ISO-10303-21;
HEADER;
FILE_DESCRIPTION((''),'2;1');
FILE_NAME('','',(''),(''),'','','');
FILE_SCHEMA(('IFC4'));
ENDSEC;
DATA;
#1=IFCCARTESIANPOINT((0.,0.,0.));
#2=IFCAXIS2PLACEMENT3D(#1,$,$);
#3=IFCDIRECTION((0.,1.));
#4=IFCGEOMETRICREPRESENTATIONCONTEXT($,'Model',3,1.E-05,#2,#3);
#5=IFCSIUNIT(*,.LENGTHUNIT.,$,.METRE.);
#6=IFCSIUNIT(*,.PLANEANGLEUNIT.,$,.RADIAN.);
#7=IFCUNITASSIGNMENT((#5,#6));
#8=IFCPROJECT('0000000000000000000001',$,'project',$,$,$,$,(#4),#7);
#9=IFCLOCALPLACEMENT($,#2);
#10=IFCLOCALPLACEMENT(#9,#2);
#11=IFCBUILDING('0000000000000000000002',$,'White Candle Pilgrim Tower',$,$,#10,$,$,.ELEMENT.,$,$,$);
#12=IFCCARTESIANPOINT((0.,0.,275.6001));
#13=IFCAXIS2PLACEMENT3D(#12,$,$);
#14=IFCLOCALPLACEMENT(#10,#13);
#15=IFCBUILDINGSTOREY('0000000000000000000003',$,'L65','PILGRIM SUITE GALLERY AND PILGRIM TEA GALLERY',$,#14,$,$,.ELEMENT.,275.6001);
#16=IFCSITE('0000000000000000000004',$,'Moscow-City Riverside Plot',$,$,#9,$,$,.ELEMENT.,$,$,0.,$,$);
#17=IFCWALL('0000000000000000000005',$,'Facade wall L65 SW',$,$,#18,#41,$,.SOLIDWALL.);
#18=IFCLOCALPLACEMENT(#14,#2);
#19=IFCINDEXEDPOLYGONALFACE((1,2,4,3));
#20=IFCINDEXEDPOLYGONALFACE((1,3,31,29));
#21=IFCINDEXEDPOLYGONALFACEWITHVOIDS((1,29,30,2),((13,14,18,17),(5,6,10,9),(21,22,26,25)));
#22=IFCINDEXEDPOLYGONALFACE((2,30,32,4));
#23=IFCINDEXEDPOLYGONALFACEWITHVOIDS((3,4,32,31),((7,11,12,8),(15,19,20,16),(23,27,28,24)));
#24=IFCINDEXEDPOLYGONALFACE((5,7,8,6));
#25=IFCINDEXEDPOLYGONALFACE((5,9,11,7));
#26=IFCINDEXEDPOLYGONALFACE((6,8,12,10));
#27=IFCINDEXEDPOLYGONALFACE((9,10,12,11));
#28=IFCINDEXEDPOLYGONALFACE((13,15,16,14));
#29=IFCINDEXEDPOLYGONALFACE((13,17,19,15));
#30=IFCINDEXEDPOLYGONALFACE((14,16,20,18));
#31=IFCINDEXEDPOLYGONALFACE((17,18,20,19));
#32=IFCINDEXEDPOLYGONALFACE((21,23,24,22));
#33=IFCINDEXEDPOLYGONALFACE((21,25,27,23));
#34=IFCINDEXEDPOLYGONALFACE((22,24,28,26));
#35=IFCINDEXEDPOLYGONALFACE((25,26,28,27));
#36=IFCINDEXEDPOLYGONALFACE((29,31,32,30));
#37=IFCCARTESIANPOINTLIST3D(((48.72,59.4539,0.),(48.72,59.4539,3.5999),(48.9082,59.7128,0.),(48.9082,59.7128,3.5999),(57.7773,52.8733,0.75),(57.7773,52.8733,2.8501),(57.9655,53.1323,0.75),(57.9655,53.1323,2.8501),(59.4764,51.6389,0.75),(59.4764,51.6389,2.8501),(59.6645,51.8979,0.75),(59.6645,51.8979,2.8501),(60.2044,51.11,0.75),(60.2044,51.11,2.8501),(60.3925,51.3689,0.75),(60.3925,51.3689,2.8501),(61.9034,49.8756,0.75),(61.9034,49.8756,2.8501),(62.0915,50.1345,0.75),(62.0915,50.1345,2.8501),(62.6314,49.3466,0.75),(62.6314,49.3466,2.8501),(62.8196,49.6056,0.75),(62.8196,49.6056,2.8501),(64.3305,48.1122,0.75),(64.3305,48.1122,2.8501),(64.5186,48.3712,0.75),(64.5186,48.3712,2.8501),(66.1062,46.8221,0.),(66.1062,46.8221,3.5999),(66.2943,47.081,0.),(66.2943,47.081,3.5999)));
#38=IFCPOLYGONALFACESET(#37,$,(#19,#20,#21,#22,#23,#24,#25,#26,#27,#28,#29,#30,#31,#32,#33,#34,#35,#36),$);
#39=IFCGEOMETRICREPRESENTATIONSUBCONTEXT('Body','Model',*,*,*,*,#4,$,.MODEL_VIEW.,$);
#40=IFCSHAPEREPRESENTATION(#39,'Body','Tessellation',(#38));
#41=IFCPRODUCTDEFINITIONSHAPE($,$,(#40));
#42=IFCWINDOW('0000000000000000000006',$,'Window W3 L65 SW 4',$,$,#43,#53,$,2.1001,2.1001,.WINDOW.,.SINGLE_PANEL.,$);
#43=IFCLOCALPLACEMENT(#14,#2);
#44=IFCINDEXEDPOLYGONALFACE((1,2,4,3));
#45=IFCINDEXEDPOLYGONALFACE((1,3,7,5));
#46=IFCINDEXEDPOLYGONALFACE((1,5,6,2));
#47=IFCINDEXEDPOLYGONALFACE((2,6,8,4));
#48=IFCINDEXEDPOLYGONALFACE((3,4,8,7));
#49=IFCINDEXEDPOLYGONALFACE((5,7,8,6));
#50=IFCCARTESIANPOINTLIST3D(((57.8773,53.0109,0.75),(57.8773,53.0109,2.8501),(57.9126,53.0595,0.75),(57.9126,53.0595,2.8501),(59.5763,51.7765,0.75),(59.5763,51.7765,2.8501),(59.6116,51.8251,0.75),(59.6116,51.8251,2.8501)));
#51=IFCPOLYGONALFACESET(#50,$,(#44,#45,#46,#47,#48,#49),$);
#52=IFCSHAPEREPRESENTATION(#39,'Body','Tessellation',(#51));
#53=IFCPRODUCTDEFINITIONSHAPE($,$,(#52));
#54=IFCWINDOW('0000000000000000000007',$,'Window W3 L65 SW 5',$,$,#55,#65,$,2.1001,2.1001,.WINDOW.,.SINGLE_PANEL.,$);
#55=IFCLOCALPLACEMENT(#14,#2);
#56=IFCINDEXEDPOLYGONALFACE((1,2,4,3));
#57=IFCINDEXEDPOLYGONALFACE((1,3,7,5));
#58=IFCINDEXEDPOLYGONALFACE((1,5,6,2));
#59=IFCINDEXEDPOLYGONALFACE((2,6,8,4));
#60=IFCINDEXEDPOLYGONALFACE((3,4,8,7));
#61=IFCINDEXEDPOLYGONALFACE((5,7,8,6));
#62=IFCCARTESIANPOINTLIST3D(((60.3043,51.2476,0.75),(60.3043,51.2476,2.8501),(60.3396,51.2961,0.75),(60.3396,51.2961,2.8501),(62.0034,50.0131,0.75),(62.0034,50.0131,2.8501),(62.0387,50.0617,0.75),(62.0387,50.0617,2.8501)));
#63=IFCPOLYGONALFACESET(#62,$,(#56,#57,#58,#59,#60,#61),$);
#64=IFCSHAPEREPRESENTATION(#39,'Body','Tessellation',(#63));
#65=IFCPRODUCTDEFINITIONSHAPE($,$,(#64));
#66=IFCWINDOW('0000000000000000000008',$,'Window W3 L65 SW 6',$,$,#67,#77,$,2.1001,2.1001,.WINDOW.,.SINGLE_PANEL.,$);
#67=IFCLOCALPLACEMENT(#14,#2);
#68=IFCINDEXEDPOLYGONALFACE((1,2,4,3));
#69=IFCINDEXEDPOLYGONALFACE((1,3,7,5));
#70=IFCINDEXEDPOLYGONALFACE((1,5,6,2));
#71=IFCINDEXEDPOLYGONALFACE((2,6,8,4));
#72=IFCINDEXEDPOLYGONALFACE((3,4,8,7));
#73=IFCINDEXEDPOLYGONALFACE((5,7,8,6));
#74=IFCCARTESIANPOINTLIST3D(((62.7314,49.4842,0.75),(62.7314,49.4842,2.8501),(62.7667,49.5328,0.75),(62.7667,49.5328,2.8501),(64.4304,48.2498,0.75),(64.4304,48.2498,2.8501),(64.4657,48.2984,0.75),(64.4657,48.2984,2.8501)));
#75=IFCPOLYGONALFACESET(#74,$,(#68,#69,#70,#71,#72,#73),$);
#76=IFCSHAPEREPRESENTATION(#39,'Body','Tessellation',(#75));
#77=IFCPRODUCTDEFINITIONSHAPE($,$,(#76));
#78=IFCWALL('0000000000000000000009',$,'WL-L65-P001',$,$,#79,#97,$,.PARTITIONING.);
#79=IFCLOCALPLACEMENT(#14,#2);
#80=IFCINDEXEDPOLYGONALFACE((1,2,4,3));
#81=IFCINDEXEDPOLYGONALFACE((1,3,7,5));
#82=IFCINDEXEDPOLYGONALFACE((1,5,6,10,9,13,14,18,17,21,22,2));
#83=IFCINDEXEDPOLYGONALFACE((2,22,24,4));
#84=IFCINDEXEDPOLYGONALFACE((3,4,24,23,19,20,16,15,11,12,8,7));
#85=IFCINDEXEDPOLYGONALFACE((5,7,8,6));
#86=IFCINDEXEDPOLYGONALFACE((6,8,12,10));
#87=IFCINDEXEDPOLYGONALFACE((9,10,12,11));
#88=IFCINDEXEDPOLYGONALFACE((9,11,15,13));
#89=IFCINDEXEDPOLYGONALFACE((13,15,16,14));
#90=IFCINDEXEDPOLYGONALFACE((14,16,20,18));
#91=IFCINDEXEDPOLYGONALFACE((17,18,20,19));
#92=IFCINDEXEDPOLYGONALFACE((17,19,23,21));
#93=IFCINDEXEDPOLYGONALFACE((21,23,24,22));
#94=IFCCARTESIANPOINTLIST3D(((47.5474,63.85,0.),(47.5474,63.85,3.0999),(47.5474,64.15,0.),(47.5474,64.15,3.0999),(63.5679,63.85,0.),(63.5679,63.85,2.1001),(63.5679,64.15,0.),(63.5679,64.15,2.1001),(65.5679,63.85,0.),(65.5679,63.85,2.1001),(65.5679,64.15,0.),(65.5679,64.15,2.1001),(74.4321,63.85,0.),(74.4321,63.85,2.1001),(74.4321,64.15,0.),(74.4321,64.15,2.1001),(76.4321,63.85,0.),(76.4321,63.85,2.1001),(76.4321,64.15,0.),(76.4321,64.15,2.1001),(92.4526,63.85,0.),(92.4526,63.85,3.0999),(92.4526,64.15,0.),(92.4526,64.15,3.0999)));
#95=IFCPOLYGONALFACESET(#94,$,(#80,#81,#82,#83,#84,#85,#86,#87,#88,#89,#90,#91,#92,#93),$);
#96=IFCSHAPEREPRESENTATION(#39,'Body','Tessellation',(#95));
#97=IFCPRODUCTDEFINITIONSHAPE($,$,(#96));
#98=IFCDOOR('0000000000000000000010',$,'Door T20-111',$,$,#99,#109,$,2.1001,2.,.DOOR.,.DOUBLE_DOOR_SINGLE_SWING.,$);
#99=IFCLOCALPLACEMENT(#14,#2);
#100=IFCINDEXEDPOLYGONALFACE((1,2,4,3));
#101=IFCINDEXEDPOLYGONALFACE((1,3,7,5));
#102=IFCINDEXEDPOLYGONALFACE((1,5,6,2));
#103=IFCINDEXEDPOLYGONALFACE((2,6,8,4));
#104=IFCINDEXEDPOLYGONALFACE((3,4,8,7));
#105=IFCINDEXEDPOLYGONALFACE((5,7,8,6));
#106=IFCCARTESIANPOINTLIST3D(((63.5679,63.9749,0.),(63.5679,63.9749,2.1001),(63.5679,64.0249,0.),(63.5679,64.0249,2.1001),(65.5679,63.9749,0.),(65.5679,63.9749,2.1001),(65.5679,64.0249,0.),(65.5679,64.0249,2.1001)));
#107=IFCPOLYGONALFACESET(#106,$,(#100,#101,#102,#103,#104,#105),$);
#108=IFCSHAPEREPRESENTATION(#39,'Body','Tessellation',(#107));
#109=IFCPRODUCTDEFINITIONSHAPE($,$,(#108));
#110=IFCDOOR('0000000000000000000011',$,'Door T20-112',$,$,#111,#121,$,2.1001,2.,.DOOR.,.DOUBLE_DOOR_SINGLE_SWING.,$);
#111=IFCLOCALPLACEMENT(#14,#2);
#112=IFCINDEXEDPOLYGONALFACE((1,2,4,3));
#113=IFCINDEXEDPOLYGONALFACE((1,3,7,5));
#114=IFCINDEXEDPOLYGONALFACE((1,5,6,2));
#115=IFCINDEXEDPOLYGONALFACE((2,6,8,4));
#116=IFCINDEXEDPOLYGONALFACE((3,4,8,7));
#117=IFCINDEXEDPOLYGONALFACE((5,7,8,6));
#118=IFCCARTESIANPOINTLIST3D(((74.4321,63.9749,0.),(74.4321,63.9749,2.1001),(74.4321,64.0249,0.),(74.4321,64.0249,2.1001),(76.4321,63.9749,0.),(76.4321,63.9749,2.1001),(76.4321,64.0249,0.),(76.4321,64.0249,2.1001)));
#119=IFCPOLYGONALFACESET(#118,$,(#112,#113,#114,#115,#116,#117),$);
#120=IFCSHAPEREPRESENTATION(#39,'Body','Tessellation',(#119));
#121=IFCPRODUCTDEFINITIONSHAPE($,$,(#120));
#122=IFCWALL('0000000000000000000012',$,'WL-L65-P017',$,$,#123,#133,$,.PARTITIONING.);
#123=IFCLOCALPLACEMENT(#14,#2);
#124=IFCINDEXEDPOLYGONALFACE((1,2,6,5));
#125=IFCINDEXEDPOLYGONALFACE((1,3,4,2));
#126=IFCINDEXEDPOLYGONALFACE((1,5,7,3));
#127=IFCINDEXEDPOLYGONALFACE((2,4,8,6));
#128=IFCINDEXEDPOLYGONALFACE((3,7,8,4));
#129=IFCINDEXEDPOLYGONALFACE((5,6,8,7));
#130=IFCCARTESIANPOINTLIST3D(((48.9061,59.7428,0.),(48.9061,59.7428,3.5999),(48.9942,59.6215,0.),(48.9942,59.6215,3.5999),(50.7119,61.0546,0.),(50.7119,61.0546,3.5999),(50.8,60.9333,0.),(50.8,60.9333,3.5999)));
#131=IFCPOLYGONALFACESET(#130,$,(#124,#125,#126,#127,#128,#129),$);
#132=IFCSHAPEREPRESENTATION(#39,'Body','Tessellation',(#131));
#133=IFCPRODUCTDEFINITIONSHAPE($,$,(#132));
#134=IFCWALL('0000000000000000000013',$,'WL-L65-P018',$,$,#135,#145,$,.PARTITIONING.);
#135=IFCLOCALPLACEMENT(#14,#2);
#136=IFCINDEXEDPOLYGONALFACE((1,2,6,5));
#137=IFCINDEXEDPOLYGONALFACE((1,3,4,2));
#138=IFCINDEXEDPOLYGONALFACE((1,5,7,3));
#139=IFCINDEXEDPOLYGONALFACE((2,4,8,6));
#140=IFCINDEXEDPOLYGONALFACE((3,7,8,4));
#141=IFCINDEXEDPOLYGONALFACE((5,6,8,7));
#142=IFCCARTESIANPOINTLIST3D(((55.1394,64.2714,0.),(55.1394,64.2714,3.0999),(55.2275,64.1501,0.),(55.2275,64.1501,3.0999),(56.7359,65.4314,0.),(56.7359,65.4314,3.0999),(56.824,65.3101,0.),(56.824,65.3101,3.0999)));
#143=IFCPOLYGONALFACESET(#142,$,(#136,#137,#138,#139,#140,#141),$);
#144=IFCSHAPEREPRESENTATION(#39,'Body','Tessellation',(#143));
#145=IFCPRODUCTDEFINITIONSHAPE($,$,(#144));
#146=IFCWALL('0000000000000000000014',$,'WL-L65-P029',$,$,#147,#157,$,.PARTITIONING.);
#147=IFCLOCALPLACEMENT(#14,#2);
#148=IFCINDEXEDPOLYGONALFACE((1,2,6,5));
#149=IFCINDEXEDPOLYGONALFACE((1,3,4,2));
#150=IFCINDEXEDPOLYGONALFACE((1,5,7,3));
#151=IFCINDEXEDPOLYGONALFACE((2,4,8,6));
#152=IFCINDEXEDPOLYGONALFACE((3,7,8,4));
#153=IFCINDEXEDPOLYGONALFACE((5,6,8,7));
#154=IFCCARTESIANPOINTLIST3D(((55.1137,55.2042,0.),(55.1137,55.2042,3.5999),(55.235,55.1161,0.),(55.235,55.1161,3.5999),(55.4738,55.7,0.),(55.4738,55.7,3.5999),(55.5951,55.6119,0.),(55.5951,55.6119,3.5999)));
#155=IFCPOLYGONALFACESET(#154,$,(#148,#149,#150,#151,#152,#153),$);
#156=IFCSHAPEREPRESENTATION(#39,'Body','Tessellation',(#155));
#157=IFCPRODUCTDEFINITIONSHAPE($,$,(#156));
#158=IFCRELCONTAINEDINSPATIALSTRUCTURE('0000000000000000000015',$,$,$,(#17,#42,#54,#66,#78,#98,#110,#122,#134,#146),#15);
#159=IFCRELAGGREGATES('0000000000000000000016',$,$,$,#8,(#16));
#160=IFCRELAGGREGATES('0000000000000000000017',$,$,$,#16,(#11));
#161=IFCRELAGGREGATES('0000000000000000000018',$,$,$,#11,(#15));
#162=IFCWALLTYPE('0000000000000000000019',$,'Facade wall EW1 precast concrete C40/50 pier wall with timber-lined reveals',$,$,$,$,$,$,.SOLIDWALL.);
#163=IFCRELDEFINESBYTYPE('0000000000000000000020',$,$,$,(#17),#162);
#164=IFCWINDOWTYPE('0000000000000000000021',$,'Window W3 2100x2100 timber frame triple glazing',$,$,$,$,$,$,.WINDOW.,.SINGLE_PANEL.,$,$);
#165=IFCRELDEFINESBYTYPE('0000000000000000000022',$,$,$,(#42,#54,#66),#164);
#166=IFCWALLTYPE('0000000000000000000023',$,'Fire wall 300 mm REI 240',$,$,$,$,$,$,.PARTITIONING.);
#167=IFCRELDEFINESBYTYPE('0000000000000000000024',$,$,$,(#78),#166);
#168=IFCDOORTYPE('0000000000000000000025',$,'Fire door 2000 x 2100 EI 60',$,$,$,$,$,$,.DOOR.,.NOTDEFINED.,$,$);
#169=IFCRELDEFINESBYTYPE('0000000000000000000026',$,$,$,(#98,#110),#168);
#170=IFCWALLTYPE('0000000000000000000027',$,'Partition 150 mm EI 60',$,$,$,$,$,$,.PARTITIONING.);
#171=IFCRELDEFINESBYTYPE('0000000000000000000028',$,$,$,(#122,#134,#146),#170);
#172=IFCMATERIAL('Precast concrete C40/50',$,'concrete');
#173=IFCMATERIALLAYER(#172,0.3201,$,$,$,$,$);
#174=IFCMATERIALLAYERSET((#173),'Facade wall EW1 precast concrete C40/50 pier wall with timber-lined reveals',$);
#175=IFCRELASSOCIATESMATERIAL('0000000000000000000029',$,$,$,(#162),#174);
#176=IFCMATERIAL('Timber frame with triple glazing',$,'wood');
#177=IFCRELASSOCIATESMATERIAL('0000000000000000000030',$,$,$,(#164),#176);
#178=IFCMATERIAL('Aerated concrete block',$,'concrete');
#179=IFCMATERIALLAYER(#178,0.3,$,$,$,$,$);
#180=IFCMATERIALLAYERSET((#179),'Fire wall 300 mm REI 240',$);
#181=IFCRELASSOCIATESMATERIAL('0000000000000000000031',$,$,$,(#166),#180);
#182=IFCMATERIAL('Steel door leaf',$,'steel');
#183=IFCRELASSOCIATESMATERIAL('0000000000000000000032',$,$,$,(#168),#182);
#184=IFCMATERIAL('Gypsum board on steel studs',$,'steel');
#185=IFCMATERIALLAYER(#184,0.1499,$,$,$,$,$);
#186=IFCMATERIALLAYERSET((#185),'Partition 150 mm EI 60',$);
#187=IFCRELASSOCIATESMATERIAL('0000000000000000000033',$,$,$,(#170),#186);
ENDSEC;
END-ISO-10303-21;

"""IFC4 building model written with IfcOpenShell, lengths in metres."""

from ifc_helpers import new_model, si_unit, direction, frame, frame_2d, origin, place, context, subcontext, project, spatial, rectangle, extrude, material, layer, layer_set, type_object, element, fill, save


model = new_model("IFC4")

# Units and contexts
model_context = context("Model", 3, precision=1e-05, world=origin(), true_north=direction((0.0, 1.0)))
body_context = subcontext(model_context, "Body", "Model", "MODEL_VIEW")
ifc_project = project(units=[si_unit("LENGTHUNIT", "METRE"), si_unit("PLANEANGLEUNIT", "RADIAN")], contexts=[model_context])

# Site, building, storey
site_placement = place(None, origin())
site = spatial("IfcSite", under=ifc_project, at=site_placement, Name="Moscow-City Riverside Plot", CompositionType="ELEMENT", RefElevation=0.0)
building_placement = place(site_placement, origin())
building = spatial("IfcBuilding", under=site, at=building_placement, Name="White Candle Pilgrim Tower", CompositionType="ELEMENT")
storey_placement = place(building_placement, frame((0.0, 0.0, 275.6001)))
storey = spatial("IfcBuildingStorey", under=building, at=storey_placement, Name="L65", Description="PILGRIM SUITE GALLERY AND PILGRIM TEA GALLERY", CompositionType="ELEMENT", Elevation=275.6001)

# Shared definitions
ifc_material_1 = material(Name="Gypsum board on steel studs", Category="steel")
ifc_material_2 = material(Name="Steel door leaf", Category="steel")

# Wall, openings, windows
ifc_material_3 = material(Name="Precast concrete C40/50", Category="concrete")
ifc_layer_1 = layer(ifc_material_3, 0.3201)
ifc_layer_set_1 = layer_set([ifc_layer_1], Name="Facade wall EW1 precast concrete C40/50 pier wall with timber-lined reveals")
wall_type_1 = type_object("IfcWallType", Name="Facade wall EW1 precast concrete C40/50 pier wall with timber-lined reveals", PredefinedType="SOLIDWALL", material=ifc_layer_set_1)
wall_1_placement = place(storey_placement, frame((48.8142, 59.5833, 0.0), z_axis=(0.0, 0.0, 1.0), x_axis=(0.809017, -0.587785, 0.0)))
wall_1 = element("IfcWall", 1, at=wall_1_placement, inside=storey, type_object=wall_type_1, Name="Facade wall L65 SW", PredefinedType="SOLIDWALL", context=body_context, shape_type="SweptSolid", body=[
    extrude(rectangle(XDim=21.4905, YDim=0.3201, at=frame_2d((10.7451, 0.0))), origin(), (0.0, 0.0, 1.0), 3.5999),
])
opening_1_placement = place(wall_1_placement, frame((11.1953, 0.0, 0.75)))
opening_1 = element("IfcOpeningElement", 2, at=opening_1_placement, cuts=wall_1, PredefinedType="OPENING", context=body_context, shape_type="SweptSolid", body=[
    extrude(rectangle(XDim=2.1001, YDim=2.1001, at=frame_2d((1.05, 1.05))), frame((0.0, 0.1699, 0.0), z_axis=(0.0, -1.0, 0.0), x_axis=(1.0, 0.0, 0.0)), (0.0, 0.0, 1.0), 0.3401),
])
opening_2_placement = place(wall_1_placement, frame((14.1953, 0.0, 0.75)))
opening_2 = element("IfcOpeningElement", 3, at=opening_2_placement, cuts=wall_1, PredefinedType="OPENING", context=body_context, shape_type="SweptSolid", body=[
    extrude(rectangle(XDim=2.1001, YDim=2.1001, at=frame_2d((1.05, 1.05))), frame((0.0, 0.1699, 0.0), z_axis=(0.0, -1.0, 0.0), x_axis=(1.0, 0.0, 0.0)), (0.0, 0.0, 1.0), 0.3401),
])
opening_3_placement = place(wall_1_placement, frame((17.1953, 0.0, 0.75)))
opening_3 = element("IfcOpeningElement", 4, at=opening_3_placement, cuts=wall_1, PredefinedType="OPENING", context=body_context, shape_type="SweptSolid", body=[
    extrude(rectangle(XDim=2.1001, YDim=2.1001, at=frame_2d((1.05, 1.05))), frame((0.0, 0.1699, 0.0), z_axis=(0.0, -1.0, 0.0), x_axis=(1.0, 0.0, 0.0)), (0.0, 0.0, 1.0), 0.3401),
])
ifc_material_4 = material(Name="Timber frame with triple glazing", Category="wood")
window_type = type_object("IfcWindowType", Name="Window W3 2100x2100 timber frame triple glazing", PartitioningType="SINGLE_PANEL", PredefinedType="WINDOW", material=ifc_material_4)
window_1_placement = place(opening_1_placement, origin())
window_1 = element("IfcWindow", 5, at=window_1_placement, inside=storey, type_object=window_type, Name="Window W3 L65 SW 4", OverallHeight=2.1001, OverallWidth=2.1001, PartitioningType="SINGLE_PANEL", PredefinedType="WINDOW", context=body_context, shape_type="SweptSolid", body=[
    extrude(rectangle(XDim=2.1001, YDim=2.1001, at=frame_2d((1.05, 1.05))), frame((0.0, 0.0701, 0.0), z_axis=(0.0, -1.0, 0.0), x_axis=(1.0, 0.0, 0.0)), (0.0, 0.0, 1.0), 0.0601),
])
fill(opening_1, window_1)
window_2_placement = place(opening_2_placement, origin())
window_2 = element("IfcWindow", 6, at=window_2_placement, inside=storey, type_object=window_type, Name="Window W3 L65 SW 5", OverallHeight=2.1001, OverallWidth=2.1001, PartitioningType="SINGLE_PANEL", PredefinedType="WINDOW", context=body_context, shape_type="SweptSolid", body=[
    extrude(rectangle(XDim=2.1001, YDim=2.1001, at=frame_2d((1.05, 1.05))), frame((0.0, 0.0701, 0.0), z_axis=(0.0, -1.0, 0.0), x_axis=(1.0, 0.0, 0.0)), (0.0, 0.0, 1.0), 0.0601),
])
fill(opening_2, window_2)
window_3_placement = place(opening_3_placement, origin())
window_3 = element("IfcWindow", 7, at=window_3_placement, inside=storey, type_object=window_type, Name="Window W3 L65 SW 6", OverallHeight=2.1001, OverallWidth=2.1001, PartitioningType="SINGLE_PANEL", PredefinedType="WINDOW", context=body_context, shape_type="SweptSolid", body=[
    extrude(rectangle(XDim=2.1001, YDim=2.1001, at=frame_2d((1.05, 1.05))), frame((0.0, 0.0701, 0.0), z_axis=(0.0, -1.0, 0.0), x_axis=(1.0, 0.0, 0.0)), (0.0, 0.0, 1.0), 0.0601),
])
fill(opening_3, window_3)

# Wall, openings, doors
ifc_material_5 = material(Name="Aerated concrete block", Category="concrete")
ifc_layer_2 = layer(ifc_material_5, 0.3)
ifc_layer_set_2 = layer_set([ifc_layer_2], Name="Fire wall 300 mm REI 240")
wall_type_2 = type_object("IfcWallType", Name="Fire wall 300 mm REI 240", PredefinedType="PARTITIONING", material=ifc_layer_set_2)
wall_2_placement = place(storey_placement, frame((47.5474, 64.0, 0.0), z_axis=(0.0, 0.0, 1.0), x_axis=(1.0, 0.0, 0.0)))
wall_2 = element("IfcWall", 8, at=wall_2_placement, inside=storey, type_object=wall_type_2, Name="WL-L65-P001", PredefinedType="PARTITIONING", context=body_context, shape_type="SweptSolid", body=[
    extrude(rectangle(XDim=44.9053, YDim=0.3, at=frame_2d((22.4526, 0.0))), origin(), (0.0, 0.0, 1.0), 3.0999),
])
opening_4_placement = place(wall_2_placement, frame((16.0205, 0.0, 0.0)))
opening_4 = element("IfcOpeningElement", 9, at=opening_4_placement, cuts=wall_2, PredefinedType="OPENING", context=body_context, shape_type="SweptSolid", body=[
    extrude(rectangle(XDim=2.0, YDim=2.1001, at=frame_2d((1.0, 1.05))), frame((0.0, 0.1599, 0.0), z_axis=(0.0, -1.0, 0.0), x_axis=(1.0, 0.0, 0.0)), (0.0, 0.0, 1.0), 0.3201),
])
opening_5_placement = place(wall_2_placement, frame((26.8848, 0.0, 0.0)))
opening_5 = element("IfcOpeningElement", 10, at=opening_5_placement, cuts=wall_2, PredefinedType="OPENING", context=body_context, shape_type="SweptSolid", body=[
    extrude(rectangle(XDim=2.0, YDim=2.1001, at=frame_2d((1.0, 1.05))), frame((0.0, 0.1599, 0.0), z_axis=(0.0, -1.0, 0.0), x_axis=(1.0, 0.0, 0.0)), (0.0, 0.0, 1.0), 0.3201),
])
door_type_1 = type_object("IfcDoorType", Name="Fire door 2000 x 2100 EI 60", OperationType="NOTDEFINED", PredefinedType="DOOR", material=ifc_material_2)
door_1_placement = place(opening_4_placement, origin())
door_1 = element("IfcDoor", 11, at=door_1_placement, inside=storey, type_object=door_type_1, Name="Door T20-111", OperationType="DOUBLE_DOOR_SINGLE_SWING", OverallHeight=2.1001, OverallWidth=2.0, PredefinedType="DOOR", context=body_context, shape_type="SweptSolid", body=[
    extrude(rectangle(XDim=2.0, YDim=2.1001, at=frame_2d((1.0, 1.05))), frame((0.0, 0.0249, 0.0), z_axis=(0.0, -1.0, 0.0), x_axis=(1.0, 0.0, 0.0)), (0.0, 0.0, 1.0), 0.05),
])
fill(opening_4, door_1)
door_2_placement = place(opening_5_placement, origin())
door_2 = element("IfcDoor", 12, at=door_2_placement, inside=storey, type_object=door_type_1, Name="Door T20-112", OperationType="DOUBLE_DOOR_SINGLE_SWING", OverallHeight=2.1001, OverallWidth=2.0, PredefinedType="DOOR", context=body_context, shape_type="SweptSolid", body=[
    extrude(rectangle(XDim=2.0, YDim=2.1001, at=frame_2d((1.0, 1.05))), frame((0.0, 0.0249, 0.0), z_axis=(0.0, -1.0, 0.0), x_axis=(1.0, 0.0, 0.0)), (0.0, 0.0, 1.0), 0.05),
])
fill(opening_5, door_2)

# Walls
ifc_layer_3 = layer(ifc_material_1, 0.1499)
ifc_layer_set_3 = layer_set([ifc_layer_3], Name="Partition 150 mm EI 60")
wall_type_3 = type_object("IfcWallType", Name="Partition 150 mm EI 60", PredefinedType="PARTITIONING", material=ifc_layer_set_3)
wall_3_placement = place(storey_placement, frame((48.9502, 59.6821, 0.0), z_axis=(0.0, 0.0, 1.0), x_axis=(0.809043, 0.587749, 0.0)))
element("IfcWall", 13, at=wall_3_placement, inside=storey, type_object=wall_type_3, Name="WL-L65-P017", PredefinedType="PARTITIONING", context=body_context, shape_type="SweptSolid", body=[
    extrude(rectangle(XDim=2.2319, YDim=0.1499, at=frame_2d((1.116, 0.0))), origin(), (0.0, 0.0, 1.0), 3.5999),
])
wall_4_placement = place(storey_placement, frame((55.1833, 64.2107, 0.0), z_axis=(0.0, 0.0, 1.0), x_axis=(0.809009, 0.587796, 0.0)))
element("IfcWall", 14, at=wall_4_placement, inside=storey, type_object=wall_type_3, Name="WL-L65-P018", PredefinedType="PARTITIONING", context=body_context, shape_type="SweptSolid", body=[
    extrude(rectangle(XDim=1.9734, YDim=0.1499, at=frame_2d((0.9868, 0.0))), origin(), (0.0, 0.0, 1.0), 3.0999),
])
wall_5_placement = place(storey_placement, frame((55.1743, 55.1602, 0.0), z_axis=(0.0, 0.0, 1.0), x_axis=(0.587627, 0.809132, 0.0)))
element("IfcWall", 15, at=wall_5_placement, inside=storey, type_object=wall_type_3, Name="WL-L65-P029", PredefinedType="PARTITIONING", context=body_context, shape_type="SweptSolid", body=[
    extrude(rectangle(XDim=0.6128, YDim=0.1499, at=frame_2d((0.3064, 0.0))), origin(), (0.0, 0.0, 1.0), 3.5999),
])

save(model, "model.ifc")
